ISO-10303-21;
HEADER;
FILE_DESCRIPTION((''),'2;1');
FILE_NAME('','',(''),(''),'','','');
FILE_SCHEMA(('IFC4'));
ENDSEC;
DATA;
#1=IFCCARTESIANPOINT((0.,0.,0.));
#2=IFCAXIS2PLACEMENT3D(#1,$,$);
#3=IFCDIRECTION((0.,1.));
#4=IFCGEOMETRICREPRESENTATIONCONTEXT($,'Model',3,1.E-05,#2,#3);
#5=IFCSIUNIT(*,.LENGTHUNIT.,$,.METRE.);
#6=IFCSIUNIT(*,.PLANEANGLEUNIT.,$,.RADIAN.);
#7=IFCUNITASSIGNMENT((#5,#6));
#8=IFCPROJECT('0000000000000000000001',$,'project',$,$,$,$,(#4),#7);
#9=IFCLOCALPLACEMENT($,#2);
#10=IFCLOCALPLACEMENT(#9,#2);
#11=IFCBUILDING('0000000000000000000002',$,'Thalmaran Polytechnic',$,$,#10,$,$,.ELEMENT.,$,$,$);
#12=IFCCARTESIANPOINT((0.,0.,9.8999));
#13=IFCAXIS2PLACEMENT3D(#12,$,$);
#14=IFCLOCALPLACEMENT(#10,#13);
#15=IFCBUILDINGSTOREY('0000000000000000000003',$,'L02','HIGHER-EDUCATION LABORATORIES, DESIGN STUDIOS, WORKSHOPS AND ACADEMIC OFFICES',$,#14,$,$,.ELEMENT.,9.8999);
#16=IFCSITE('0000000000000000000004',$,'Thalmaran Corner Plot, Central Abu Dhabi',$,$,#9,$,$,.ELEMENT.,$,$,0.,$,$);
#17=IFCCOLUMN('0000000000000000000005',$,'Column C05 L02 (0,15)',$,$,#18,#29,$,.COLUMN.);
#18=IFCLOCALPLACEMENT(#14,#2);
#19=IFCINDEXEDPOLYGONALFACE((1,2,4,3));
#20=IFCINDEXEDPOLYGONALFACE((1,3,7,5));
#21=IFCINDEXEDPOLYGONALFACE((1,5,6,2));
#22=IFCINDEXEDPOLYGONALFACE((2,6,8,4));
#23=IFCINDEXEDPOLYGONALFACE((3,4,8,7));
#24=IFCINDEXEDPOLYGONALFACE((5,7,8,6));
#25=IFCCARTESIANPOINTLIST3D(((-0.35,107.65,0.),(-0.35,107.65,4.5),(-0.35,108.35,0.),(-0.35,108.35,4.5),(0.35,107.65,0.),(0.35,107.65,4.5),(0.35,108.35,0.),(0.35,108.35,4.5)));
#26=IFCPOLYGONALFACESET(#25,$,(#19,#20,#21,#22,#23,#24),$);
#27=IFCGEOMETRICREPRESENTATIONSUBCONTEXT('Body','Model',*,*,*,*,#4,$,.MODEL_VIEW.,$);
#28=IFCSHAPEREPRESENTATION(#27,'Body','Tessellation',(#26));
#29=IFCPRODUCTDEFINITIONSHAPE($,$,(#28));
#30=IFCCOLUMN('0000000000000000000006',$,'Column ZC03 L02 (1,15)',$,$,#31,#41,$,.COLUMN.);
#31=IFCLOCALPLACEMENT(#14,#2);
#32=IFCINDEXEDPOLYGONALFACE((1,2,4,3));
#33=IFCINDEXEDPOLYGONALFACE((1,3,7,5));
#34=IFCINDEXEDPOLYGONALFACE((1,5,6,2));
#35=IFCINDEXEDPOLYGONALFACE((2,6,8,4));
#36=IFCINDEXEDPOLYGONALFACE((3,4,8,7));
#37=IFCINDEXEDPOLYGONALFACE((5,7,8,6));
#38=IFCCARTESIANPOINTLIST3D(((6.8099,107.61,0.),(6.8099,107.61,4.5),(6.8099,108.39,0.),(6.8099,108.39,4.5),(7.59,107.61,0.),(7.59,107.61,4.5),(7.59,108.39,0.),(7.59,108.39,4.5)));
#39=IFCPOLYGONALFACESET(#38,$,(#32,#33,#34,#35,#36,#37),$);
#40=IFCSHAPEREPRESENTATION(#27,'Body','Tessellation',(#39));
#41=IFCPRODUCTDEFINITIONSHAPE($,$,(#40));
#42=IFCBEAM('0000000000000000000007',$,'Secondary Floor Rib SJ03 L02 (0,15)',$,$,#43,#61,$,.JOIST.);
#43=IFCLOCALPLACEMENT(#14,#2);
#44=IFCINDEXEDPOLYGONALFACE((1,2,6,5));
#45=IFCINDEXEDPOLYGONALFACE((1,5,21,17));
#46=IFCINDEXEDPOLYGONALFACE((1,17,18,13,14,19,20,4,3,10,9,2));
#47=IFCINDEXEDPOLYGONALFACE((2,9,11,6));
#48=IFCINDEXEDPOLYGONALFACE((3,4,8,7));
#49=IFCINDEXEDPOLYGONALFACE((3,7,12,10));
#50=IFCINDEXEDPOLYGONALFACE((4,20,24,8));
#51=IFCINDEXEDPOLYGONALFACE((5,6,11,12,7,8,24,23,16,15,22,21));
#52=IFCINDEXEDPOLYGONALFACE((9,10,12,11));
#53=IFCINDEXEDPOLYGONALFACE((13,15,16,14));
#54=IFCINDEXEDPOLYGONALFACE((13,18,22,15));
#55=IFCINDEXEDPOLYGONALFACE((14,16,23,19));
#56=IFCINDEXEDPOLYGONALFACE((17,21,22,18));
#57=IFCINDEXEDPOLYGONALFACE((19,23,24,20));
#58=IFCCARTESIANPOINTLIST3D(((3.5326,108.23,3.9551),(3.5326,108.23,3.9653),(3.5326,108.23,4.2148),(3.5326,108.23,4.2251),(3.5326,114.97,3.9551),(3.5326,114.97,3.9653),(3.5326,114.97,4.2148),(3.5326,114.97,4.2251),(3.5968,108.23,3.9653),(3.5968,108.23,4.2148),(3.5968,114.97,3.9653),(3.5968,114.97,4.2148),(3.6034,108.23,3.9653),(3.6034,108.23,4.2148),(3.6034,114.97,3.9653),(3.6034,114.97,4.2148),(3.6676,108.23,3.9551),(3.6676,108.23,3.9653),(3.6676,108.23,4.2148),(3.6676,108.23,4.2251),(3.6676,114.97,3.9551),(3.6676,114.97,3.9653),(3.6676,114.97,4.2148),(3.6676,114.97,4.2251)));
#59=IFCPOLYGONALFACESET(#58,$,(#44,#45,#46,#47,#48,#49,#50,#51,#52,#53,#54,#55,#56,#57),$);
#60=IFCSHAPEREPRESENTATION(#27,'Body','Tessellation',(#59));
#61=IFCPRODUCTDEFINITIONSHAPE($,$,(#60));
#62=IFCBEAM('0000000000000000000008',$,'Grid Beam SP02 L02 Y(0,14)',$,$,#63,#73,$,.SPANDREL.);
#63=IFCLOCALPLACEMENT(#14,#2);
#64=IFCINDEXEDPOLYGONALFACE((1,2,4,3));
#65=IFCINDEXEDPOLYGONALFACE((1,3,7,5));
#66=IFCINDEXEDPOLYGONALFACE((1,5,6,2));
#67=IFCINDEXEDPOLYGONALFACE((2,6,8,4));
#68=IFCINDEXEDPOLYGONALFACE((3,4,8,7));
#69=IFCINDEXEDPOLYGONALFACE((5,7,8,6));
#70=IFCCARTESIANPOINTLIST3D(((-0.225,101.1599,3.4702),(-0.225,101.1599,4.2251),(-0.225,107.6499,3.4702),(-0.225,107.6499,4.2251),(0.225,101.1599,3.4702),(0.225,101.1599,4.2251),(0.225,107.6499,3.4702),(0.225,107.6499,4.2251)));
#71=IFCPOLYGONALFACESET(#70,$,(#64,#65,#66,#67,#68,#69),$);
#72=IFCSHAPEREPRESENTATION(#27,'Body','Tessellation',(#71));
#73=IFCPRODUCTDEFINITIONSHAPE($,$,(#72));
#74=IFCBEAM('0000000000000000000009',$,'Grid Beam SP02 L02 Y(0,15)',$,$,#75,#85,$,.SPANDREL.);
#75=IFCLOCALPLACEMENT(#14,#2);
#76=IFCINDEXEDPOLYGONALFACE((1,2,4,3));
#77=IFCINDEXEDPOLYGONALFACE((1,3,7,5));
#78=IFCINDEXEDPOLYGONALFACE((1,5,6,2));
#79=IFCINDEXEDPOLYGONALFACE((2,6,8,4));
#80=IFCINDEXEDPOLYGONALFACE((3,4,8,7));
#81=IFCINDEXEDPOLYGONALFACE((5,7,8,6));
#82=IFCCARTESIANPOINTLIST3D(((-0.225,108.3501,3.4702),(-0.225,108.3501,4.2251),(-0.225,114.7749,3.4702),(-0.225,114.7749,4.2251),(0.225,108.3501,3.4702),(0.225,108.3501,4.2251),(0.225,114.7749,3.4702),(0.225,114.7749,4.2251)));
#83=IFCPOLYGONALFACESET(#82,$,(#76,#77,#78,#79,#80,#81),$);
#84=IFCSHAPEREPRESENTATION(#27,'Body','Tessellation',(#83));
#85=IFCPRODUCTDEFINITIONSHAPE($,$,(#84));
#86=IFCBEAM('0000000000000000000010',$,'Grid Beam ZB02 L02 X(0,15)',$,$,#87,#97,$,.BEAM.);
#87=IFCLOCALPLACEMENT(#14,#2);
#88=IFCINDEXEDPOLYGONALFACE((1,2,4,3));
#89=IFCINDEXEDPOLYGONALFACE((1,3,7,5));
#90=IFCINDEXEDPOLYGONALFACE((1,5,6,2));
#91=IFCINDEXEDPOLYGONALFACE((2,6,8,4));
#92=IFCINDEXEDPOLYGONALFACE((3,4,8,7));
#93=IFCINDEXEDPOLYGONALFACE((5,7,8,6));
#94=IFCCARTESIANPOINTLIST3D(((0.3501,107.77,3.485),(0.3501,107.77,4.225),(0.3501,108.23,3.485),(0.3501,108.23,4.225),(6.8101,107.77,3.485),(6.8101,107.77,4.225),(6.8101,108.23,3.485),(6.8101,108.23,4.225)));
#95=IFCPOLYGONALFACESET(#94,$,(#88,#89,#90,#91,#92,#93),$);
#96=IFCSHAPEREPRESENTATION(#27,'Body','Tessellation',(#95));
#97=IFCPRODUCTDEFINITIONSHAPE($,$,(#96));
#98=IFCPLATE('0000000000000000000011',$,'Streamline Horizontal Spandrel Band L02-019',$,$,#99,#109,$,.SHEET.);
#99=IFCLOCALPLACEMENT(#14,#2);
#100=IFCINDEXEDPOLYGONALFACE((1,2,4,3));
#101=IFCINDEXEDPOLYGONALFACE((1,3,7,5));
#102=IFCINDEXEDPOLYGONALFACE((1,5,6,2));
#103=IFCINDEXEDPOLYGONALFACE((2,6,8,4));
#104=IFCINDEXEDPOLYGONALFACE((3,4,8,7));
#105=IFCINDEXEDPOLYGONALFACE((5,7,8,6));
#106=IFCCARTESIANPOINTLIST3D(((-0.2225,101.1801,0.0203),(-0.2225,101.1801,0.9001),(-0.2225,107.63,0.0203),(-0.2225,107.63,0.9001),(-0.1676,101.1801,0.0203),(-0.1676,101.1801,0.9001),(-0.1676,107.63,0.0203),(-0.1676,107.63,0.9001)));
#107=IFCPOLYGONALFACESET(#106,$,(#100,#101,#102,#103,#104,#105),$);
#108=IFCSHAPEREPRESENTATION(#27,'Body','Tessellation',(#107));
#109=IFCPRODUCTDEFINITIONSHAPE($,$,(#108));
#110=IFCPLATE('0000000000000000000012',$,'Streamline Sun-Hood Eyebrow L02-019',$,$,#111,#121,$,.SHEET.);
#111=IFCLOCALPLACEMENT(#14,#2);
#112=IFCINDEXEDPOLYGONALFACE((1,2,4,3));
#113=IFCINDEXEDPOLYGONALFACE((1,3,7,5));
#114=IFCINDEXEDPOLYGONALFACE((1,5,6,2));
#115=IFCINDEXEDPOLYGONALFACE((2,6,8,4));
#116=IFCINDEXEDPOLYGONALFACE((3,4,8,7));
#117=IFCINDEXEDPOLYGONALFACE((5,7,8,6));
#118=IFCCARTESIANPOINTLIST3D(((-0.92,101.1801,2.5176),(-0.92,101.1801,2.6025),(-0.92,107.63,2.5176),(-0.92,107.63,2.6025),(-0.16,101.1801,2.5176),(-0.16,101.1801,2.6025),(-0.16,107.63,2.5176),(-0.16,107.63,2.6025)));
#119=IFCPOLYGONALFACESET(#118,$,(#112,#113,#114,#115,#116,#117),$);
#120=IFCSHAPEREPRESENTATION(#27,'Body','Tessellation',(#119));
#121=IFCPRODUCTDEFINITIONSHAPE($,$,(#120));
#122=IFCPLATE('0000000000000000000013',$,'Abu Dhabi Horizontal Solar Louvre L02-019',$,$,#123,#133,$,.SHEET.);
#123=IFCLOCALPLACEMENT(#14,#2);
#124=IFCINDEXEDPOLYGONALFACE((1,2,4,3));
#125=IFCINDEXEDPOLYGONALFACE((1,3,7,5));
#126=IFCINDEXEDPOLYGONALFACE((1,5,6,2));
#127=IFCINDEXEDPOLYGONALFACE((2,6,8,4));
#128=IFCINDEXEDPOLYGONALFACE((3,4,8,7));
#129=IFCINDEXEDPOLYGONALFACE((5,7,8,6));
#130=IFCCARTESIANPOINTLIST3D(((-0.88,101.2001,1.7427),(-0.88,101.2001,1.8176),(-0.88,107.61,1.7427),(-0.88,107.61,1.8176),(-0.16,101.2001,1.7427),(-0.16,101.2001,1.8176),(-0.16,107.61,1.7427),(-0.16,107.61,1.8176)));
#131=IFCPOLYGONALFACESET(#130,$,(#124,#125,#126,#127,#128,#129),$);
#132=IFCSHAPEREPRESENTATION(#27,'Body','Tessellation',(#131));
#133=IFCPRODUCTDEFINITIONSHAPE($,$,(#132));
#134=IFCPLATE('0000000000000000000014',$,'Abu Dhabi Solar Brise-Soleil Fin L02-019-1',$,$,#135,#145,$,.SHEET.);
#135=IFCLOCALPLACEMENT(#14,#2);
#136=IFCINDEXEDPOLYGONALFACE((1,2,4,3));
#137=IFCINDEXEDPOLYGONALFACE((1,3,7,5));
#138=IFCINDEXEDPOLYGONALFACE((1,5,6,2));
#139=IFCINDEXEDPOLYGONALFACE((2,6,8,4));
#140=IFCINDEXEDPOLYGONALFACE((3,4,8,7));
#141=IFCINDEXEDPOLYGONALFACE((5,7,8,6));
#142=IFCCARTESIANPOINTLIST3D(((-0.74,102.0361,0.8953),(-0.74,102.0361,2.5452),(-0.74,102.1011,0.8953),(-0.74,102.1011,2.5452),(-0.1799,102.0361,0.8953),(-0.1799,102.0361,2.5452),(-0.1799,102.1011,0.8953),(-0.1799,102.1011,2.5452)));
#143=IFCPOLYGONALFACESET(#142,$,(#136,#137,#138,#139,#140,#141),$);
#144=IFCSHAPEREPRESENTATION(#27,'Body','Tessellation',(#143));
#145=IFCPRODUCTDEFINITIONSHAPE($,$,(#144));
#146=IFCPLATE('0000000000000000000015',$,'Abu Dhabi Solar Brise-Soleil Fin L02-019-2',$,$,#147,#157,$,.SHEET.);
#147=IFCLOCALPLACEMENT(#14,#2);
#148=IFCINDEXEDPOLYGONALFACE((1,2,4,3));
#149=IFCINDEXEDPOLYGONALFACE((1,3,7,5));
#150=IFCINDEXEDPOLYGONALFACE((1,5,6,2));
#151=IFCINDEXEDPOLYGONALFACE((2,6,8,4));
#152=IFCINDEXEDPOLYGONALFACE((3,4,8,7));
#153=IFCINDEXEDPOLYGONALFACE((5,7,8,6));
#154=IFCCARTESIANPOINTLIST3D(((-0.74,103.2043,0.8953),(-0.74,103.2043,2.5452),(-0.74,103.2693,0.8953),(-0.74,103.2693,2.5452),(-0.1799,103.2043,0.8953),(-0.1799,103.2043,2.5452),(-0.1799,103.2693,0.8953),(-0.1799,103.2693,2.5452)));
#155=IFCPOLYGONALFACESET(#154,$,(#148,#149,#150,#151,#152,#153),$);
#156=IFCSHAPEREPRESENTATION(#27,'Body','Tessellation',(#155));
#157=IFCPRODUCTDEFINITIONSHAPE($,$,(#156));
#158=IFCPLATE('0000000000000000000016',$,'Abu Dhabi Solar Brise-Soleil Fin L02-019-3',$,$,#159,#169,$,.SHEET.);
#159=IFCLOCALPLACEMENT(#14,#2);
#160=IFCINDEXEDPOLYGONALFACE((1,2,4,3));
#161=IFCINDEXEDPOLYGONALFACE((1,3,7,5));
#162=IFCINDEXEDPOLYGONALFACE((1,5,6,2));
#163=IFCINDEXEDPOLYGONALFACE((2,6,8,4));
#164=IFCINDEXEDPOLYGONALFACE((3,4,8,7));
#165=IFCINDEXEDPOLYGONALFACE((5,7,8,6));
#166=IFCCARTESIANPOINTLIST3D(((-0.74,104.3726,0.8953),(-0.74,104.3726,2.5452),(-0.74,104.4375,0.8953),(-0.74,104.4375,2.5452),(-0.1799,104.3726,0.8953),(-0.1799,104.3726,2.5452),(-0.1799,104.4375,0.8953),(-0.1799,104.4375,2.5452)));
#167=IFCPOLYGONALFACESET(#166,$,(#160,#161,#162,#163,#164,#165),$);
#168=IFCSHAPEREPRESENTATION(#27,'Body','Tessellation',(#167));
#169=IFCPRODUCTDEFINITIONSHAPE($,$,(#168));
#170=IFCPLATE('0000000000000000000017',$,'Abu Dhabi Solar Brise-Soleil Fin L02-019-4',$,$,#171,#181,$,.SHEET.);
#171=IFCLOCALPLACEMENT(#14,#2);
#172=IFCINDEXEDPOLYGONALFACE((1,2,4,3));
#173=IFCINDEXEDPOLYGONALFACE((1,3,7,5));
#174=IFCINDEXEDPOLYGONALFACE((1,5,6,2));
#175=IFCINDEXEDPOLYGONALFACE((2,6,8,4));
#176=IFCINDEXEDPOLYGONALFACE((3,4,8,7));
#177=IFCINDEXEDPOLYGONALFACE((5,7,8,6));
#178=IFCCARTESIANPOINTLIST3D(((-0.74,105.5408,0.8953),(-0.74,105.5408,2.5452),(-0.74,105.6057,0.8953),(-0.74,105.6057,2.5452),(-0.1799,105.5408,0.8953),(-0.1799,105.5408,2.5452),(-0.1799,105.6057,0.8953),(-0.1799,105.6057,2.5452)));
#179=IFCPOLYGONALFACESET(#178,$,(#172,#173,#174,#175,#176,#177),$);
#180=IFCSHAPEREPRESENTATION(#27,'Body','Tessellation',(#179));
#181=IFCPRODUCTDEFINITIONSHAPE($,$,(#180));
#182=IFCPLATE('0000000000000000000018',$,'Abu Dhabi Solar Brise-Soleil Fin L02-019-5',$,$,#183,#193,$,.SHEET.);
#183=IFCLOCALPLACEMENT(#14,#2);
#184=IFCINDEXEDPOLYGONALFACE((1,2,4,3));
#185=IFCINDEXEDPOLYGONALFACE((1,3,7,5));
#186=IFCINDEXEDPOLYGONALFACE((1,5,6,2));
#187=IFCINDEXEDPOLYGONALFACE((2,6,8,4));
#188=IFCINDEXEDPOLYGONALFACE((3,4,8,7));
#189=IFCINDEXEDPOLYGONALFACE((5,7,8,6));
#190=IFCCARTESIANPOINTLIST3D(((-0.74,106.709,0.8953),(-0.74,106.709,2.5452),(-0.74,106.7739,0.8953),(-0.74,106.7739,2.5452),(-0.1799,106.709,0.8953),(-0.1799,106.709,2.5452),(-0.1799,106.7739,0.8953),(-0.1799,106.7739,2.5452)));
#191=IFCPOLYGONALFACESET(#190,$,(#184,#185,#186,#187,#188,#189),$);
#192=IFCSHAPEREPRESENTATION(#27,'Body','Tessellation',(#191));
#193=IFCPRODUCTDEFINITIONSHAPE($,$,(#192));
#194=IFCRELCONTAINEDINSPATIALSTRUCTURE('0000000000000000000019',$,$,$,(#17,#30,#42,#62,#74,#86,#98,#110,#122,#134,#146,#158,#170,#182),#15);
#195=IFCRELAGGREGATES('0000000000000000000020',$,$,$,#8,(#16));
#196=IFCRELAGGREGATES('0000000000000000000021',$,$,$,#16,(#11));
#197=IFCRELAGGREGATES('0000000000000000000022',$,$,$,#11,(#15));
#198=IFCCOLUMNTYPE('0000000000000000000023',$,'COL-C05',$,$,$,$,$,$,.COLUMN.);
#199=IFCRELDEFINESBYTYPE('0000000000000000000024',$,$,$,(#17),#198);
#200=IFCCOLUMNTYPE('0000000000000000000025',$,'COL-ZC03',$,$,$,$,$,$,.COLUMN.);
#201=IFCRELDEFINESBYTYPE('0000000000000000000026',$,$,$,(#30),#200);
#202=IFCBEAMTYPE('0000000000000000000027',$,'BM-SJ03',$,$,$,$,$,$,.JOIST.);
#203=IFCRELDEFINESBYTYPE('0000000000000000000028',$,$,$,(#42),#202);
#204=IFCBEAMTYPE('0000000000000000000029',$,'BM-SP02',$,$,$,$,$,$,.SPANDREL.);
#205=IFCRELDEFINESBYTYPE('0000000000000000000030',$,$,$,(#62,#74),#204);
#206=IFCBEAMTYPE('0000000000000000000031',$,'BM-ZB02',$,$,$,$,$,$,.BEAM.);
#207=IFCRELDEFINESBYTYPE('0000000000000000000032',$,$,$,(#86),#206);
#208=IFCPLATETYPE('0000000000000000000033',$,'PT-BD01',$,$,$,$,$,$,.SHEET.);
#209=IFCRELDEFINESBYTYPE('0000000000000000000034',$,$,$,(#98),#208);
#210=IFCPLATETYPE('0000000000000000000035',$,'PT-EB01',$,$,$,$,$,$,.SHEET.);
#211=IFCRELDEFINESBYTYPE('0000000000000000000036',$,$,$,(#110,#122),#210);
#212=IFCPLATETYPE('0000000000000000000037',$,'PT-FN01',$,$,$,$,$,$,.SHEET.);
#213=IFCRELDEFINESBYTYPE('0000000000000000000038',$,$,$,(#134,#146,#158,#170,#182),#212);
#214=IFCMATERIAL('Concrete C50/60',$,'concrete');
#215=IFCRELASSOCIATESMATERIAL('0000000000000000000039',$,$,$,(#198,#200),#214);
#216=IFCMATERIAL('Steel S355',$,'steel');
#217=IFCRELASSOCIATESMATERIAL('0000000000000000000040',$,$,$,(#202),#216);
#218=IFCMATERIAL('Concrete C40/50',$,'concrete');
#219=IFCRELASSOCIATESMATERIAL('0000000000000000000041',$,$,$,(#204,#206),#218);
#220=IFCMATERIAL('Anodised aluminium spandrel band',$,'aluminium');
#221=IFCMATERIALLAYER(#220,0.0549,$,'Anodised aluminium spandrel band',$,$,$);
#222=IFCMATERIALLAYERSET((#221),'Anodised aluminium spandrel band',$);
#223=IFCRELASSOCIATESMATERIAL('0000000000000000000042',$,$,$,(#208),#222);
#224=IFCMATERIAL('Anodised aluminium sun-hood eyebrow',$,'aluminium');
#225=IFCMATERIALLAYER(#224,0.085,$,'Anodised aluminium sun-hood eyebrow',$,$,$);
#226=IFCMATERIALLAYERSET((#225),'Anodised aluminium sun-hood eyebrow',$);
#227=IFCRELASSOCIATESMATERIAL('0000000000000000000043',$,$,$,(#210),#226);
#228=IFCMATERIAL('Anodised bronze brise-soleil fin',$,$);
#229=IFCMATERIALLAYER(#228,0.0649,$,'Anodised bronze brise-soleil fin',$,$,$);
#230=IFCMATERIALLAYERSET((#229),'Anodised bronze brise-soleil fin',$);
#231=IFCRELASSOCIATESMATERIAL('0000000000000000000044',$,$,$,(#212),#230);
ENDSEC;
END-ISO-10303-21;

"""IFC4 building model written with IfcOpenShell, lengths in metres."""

from ifc_helpers import new_model, si_unit, direction, frame, origin, origin_2d, place, context, subcontext, project, spatial, rectangle, i_section, extrude, material, layer, layer_set, material_profile, profile_set, type_object, element, save


model = new_model("IFC4")

# Units and contexts
model_context = context("Model", 3, precision=1e-05, world=origin(), true_north=direction((0.0, 1.0)))
body_context = subcontext(model_context, "Body", "Model", "MODEL_VIEW")
ifc_project = project(units=[si_unit("LENGTHUNIT", "METRE"), si_unit("PLANEANGLEUNIT", "RADIAN")], contexts=[model_context])

# Site, building, storey
site_placement = place(None, origin())
site = spatial("IfcSite", under=ifc_project, at=site_placement, Name="Thalmaran Corner Plot, Central Abu Dhabi", CompositionType="ELEMENT", RefElevation=0.0)
building_placement = place(site_placement, origin())
building = spatial("IfcBuilding", under=site, at=building_placement, Name="Thalmaran Polytechnic", CompositionType="ELEMENT")
storey_placement = place(building_placement, frame((0.0, 0.0, 9.8999)))
storey = spatial("IfcBuildingStorey", under=building, at=storey_placement, Name="L02", Description="HIGHER-EDUCATION LABORATORIES, DESIGN STUDIOS, WORKSHOPS AND ACADEMIC OFFICES", CompositionType="ELEMENT", Elevation=9.8999)

# Columns
ifc_material_1 = material(Name="Concrete C50/60", Category="concrete")
ifc_material_profile_1 = material_profile(ifc_material_1, rectangle(XDim=0.7, YDim=0.7, at=origin_2d()), Name="RC 700x700")
ifc_profile_set_1 = profile_set([ifc_material_profile_1], Name="Concrete C50/60")
column_type_1 = type_object("IfcColumnType", Name="COL-C05", PredefinedType="COLUMN", material=ifc_profile_set_1)
column_1_placement = place(storey_placement, frame((0.0, 108.0, 0.0), z_axis=(0.0, 0.0, 1.0), x_axis=(1.0, 0.0, 0.0)))
element("IfcColumn", 1, at=column_1_placement, inside=storey, type_object=column_type_1, Name="Column C05 L02 (0,15)", PredefinedType="COLUMN", context=body_context, shape_type="SweptSolid", body=[
    extrude(rectangle(XDim=0.7, YDim=0.7, at=origin_2d()), origin(), (0.0, 0.0, 1.0), 4.5),
])
ifc_material_profile_2 = material_profile(ifc_material_1, rectangle(XDim=0.78, YDim=0.78, at=origin_2d()), Name="RC 780x780")
ifc_profile_set_2 = profile_set([ifc_material_profile_2], Name="Concrete C50/60")
column_type_2 = type_object("IfcColumnType", Name="COL-ZC03", PredefinedType="COLUMN", material=ifc_profile_set_2)
column_2_placement = place(storey_placement, frame((7.2, 108.0, 0.0), z_axis=(0.0, 0.0, 1.0), x_axis=(1.0, 0.0, 0.0)))
element("IfcColumn", 2, at=column_2_placement, inside=storey, type_object=column_type_2, Name="Column ZC03 L02 (1,15)", PredefinedType="COLUMN", context=body_context, shape_type="SweptSolid", body=[
    extrude(rectangle(XDim=0.78, YDim=0.78, at=origin_2d()), origin(), (0.0, 0.0, 1.0), 4.5),
])

# Beams
ifc_material_2 = material(Name="Steel S355", Category="steel")
ifc_material_profile_3 = material_profile(ifc_material_2, i_section(OverallWidth=0.135, OverallDepth=0.27, WebThickness=0.0066, FlangeThickness=0.0103, at=origin_2d()), Name="IPE 270")
ifc_profile_set_3 = profile_set([ifc_material_profile_3], Name="Steel S355")
beam_type_1 = type_object("IfcBeamType", Name="BM-SJ03", PredefinedType="JOIST", material=ifc_profile_set_3)
beam_1_placement = place(storey_placement, frame((3.6001, 108.23, 4.0901), z_axis=(0.0, 1.0, 0.0), x_axis=(-1.0, 0.0, 0.0)))
element("IfcBeam", 3, at=beam_1_placement, inside=storey, type_object=beam_type_1, Name="Secondary Floor Rib SJ03 L02 (0,15)", PredefinedType="JOIST", context=body_context, shape_type="SweptSolid", body=[
    extrude(i_section(OverallWidth=0.135, OverallDepth=0.27, WebThickness=0.0066, FlangeThickness=0.0103, at=origin_2d()), origin(), (0.0, 0.0, 1.0), 6.74),
])
ifc_material_3 = material(Name="Concrete C40/50", Category="concrete")
ifc_material_profile_4 = material_profile(ifc_material_3, rectangle(XDim=0.45, YDim=0.7549, at=origin_2d()), Name="RC 450x755")
ifc_profile_set_4 = profile_set([ifc_material_profile_4], Name="Concrete C40/50")
beam_type_2 = type_object("IfcBeamType", Name="BM-SP02", PredefinedType="SPANDREL", material=ifc_profile_set_4)
beam_2_placement = place(storey_placement, frame((0.0, 101.1599, 3.8477), z_axis=(0.0, 1.0, 0.0), x_axis=(-1.0, 0.0, 0.0)))
element("IfcBeam", 4, at=beam_2_placement, inside=storey, type_object=beam_type_2, Name="Grid Beam SP02 L02 Y(0,14)", PredefinedType="SPANDREL", context=body_context, shape_type="SweptSolid", body=[
    extrude(rectangle(XDim=0.45, YDim=0.7549, at=origin_2d()), origin(), (0.0, 0.0, 1.0), 6.49),
])
beam_3_placement = place(storey_placement, frame((0.0, 108.3501, 3.8477), z_axis=(0.0, 1.0, 0.0), x_axis=(-1.0, 0.0, 0.0)))
element("IfcBeam", 5, at=beam_3_placement, inside=storey, type_object=beam_type_2, Name="Grid Beam SP02 L02 Y(0,15)", PredefinedType="SPANDREL", context=body_context, shape_type="SweptSolid", body=[
    extrude(rectangle(XDim=0.45, YDim=0.7549, at=origin_2d()), origin(), (0.0, 0.0, 1.0), 6.4248),
])
ifc_material_profile_5 = material_profile(ifc_material_3, rectangle(XDim=0.46, YDim=0.74, at=origin_2d()), Name="RC 460x740")
ifc_profile_set_5 = profile_set([ifc_material_profile_5], Name="Concrete C40/50")
beam_type_3 = type_object("IfcBeamType", Name="BM-ZB02", PredefinedType="BEAM", material=ifc_profile_set_5)
beam_4_placement = place(storey_placement, frame((0.3501, 108.0, 3.855), z_axis=(1.0, 0.0, 0.0), x_axis=(0.0, 1.0, 0.0)))
element("IfcBeam", 6, at=beam_4_placement, inside=storey, type_object=beam_type_3, Name="Grid Beam ZB02 L02 X(0,15)", PredefinedType="BEAM", context=body_context, shape_type="SweptSolid", body=[
    extrude(rectangle(XDim=0.46, YDim=0.74, at=origin_2d()), origin(), (0.0, 0.0, 1.0), 6.46),
])

# Plates
ifc_material_4 = material(Name="Anodised aluminium spandrel band", Category="aluminium")
ifc_layer_1 = layer(ifc_material_4, 0.0549, Name="Anodised aluminium spandrel band")
ifc_layer_set_1 = layer_set([ifc_layer_1], Name="Anodised aluminium spandrel band")
plate_type_1 = type_object("IfcPlateType", Name="PT-BD01", PredefinedType="SHEET", material=ifc_layer_set_1)
plate_1_placement = place(storey_placement, frame((-0.1951, 104.405, 0.0203), z_axis=(0.0, 0.0, 1.0), x_axis=(0.0, 1.0, 0.0)))
element("IfcPlate", 7, at=plate_1_placement, inside=storey, type_object=plate_type_1, Name="Streamline Horizontal Spandrel Band L02-019", PredefinedType="SHEET", context=body_context, shape_type="SweptSolid", body=[
    extrude(rectangle(XDim=6.45, YDim=0.0549, at=origin_2d()), origin(), (0.0, 0.0, 1.0), 0.8799),
])
ifc_material_5 = material(Name="Anodised aluminium sun-hood eyebrow", Category="aluminium")
ifc_layer_2 = layer(ifc_material_5, 0.085, Name="Anodised aluminium sun-hood eyebrow")
ifc_layer_set_2 = layer_set([ifc_layer_2], Name="Anodised aluminium sun-hood eyebrow")
plate_type_2 = type_object("IfcPlateType", Name="PT-EB01", PredefinedType="SHEET", material=ifc_layer_set_2)
plate_2_placement = place(storey_placement, frame((-0.54, 104.405, 2.5176), z_axis=(0.0, 0.0, 1.0), x_axis=(0.0, 1.0, 0.0)))
element("IfcPlate", 8, at=plate_2_placement, inside=storey, type_object=plate_type_2, Name="Streamline Sun-Hood Eyebrow L02-019", PredefinedType="SHEET", context=body_context, shape_type="SweptSolid", body=[
    extrude(rectangle(XDim=6.45, YDim=0.76, at=origin_2d()), origin(), (0.0, 0.0, 1.0), 0.085),
])
plate_3_placement = place(storey_placement, frame((-0.52, 104.405, 1.7427), z_axis=(0.0, 0.0, 1.0), x_axis=(0.0, 1.0, 0.0)))
element("IfcPlate", 9, at=plate_3_placement, inside=storey, type_object=plate_type_2, Name="Abu Dhabi Horizontal Solar Louvre L02-019", PredefinedType="SHEET", context=body_context, shape_type="SweptSolid", body=[
    extrude(rectangle(XDim=6.4099, YDim=0.72, at=origin_2d()), origin(), (0.0, 0.0, 1.0), 0.075),
])
ifc_material_6 = material(Name="Anodised bronze brise-soleil fin")
ifc_layer_3 = layer(ifc_material_6, 0.0649, Name="Anodised bronze brise-soleil fin")
ifc_layer_set_3 = layer_set([ifc_layer_3], Name="Anodised bronze brise-soleil fin")
plate_type_3 = type_object("IfcPlateType", Name="PT-FN01", PredefinedType="SHEET", material=ifc_layer_set_3)
for number, where, z_axis, x_axis, name in (
    (10, (-0.46, 102.0686, 0.8953), (0.0, 0.0, 1.0), (0.0, 1.0, 0.0), "Abu Dhabi Solar Brise-Soleil Fin L02-019-1"),
    (11, (-0.46, 103.2368, 0.8953), (0.0, 0.0, 1.0), (0.0, 1.0, 0.0), "Abu Dhabi Solar Brise-Soleil Fin L02-019-2"),
    (12, (-0.46, 104.405, 0.8953), (0.0, 0.0, 1.0), (0.0, 1.0, 0.0), "Abu Dhabi Solar Brise-Soleil Fin L02-019-3"),
    (13, (-0.46, 105.5732, 0.8953), (0.0, 0.0, 1.0), (0.0, 1.0, 0.0), "Abu Dhabi Solar Brise-Soleil Fin L02-019-4"),
    (14, (-0.46, 106.7415, 0.8953), (0.0, 0.0, 1.0), (0.0, 1.0, 0.0), "Abu Dhabi Solar Brise-Soleil Fin L02-019-5"),
):
    element("IfcPlate", number, at=place(storey_placement, frame(where, z_axis=z_axis, x_axis=x_axis)), inside=storey, type_object=plate_type_3, Name=name, PredefinedType="SHEET", context=body_context, shape_type="SweptSolid", body=[
        extrude(rectangle(XDim=0.0649, YDim=0.5601, at=origin_2d()), origin(), (0.0, 0.0, 1.0), 1.6499),
    ])

save(model, "model.ifc")
